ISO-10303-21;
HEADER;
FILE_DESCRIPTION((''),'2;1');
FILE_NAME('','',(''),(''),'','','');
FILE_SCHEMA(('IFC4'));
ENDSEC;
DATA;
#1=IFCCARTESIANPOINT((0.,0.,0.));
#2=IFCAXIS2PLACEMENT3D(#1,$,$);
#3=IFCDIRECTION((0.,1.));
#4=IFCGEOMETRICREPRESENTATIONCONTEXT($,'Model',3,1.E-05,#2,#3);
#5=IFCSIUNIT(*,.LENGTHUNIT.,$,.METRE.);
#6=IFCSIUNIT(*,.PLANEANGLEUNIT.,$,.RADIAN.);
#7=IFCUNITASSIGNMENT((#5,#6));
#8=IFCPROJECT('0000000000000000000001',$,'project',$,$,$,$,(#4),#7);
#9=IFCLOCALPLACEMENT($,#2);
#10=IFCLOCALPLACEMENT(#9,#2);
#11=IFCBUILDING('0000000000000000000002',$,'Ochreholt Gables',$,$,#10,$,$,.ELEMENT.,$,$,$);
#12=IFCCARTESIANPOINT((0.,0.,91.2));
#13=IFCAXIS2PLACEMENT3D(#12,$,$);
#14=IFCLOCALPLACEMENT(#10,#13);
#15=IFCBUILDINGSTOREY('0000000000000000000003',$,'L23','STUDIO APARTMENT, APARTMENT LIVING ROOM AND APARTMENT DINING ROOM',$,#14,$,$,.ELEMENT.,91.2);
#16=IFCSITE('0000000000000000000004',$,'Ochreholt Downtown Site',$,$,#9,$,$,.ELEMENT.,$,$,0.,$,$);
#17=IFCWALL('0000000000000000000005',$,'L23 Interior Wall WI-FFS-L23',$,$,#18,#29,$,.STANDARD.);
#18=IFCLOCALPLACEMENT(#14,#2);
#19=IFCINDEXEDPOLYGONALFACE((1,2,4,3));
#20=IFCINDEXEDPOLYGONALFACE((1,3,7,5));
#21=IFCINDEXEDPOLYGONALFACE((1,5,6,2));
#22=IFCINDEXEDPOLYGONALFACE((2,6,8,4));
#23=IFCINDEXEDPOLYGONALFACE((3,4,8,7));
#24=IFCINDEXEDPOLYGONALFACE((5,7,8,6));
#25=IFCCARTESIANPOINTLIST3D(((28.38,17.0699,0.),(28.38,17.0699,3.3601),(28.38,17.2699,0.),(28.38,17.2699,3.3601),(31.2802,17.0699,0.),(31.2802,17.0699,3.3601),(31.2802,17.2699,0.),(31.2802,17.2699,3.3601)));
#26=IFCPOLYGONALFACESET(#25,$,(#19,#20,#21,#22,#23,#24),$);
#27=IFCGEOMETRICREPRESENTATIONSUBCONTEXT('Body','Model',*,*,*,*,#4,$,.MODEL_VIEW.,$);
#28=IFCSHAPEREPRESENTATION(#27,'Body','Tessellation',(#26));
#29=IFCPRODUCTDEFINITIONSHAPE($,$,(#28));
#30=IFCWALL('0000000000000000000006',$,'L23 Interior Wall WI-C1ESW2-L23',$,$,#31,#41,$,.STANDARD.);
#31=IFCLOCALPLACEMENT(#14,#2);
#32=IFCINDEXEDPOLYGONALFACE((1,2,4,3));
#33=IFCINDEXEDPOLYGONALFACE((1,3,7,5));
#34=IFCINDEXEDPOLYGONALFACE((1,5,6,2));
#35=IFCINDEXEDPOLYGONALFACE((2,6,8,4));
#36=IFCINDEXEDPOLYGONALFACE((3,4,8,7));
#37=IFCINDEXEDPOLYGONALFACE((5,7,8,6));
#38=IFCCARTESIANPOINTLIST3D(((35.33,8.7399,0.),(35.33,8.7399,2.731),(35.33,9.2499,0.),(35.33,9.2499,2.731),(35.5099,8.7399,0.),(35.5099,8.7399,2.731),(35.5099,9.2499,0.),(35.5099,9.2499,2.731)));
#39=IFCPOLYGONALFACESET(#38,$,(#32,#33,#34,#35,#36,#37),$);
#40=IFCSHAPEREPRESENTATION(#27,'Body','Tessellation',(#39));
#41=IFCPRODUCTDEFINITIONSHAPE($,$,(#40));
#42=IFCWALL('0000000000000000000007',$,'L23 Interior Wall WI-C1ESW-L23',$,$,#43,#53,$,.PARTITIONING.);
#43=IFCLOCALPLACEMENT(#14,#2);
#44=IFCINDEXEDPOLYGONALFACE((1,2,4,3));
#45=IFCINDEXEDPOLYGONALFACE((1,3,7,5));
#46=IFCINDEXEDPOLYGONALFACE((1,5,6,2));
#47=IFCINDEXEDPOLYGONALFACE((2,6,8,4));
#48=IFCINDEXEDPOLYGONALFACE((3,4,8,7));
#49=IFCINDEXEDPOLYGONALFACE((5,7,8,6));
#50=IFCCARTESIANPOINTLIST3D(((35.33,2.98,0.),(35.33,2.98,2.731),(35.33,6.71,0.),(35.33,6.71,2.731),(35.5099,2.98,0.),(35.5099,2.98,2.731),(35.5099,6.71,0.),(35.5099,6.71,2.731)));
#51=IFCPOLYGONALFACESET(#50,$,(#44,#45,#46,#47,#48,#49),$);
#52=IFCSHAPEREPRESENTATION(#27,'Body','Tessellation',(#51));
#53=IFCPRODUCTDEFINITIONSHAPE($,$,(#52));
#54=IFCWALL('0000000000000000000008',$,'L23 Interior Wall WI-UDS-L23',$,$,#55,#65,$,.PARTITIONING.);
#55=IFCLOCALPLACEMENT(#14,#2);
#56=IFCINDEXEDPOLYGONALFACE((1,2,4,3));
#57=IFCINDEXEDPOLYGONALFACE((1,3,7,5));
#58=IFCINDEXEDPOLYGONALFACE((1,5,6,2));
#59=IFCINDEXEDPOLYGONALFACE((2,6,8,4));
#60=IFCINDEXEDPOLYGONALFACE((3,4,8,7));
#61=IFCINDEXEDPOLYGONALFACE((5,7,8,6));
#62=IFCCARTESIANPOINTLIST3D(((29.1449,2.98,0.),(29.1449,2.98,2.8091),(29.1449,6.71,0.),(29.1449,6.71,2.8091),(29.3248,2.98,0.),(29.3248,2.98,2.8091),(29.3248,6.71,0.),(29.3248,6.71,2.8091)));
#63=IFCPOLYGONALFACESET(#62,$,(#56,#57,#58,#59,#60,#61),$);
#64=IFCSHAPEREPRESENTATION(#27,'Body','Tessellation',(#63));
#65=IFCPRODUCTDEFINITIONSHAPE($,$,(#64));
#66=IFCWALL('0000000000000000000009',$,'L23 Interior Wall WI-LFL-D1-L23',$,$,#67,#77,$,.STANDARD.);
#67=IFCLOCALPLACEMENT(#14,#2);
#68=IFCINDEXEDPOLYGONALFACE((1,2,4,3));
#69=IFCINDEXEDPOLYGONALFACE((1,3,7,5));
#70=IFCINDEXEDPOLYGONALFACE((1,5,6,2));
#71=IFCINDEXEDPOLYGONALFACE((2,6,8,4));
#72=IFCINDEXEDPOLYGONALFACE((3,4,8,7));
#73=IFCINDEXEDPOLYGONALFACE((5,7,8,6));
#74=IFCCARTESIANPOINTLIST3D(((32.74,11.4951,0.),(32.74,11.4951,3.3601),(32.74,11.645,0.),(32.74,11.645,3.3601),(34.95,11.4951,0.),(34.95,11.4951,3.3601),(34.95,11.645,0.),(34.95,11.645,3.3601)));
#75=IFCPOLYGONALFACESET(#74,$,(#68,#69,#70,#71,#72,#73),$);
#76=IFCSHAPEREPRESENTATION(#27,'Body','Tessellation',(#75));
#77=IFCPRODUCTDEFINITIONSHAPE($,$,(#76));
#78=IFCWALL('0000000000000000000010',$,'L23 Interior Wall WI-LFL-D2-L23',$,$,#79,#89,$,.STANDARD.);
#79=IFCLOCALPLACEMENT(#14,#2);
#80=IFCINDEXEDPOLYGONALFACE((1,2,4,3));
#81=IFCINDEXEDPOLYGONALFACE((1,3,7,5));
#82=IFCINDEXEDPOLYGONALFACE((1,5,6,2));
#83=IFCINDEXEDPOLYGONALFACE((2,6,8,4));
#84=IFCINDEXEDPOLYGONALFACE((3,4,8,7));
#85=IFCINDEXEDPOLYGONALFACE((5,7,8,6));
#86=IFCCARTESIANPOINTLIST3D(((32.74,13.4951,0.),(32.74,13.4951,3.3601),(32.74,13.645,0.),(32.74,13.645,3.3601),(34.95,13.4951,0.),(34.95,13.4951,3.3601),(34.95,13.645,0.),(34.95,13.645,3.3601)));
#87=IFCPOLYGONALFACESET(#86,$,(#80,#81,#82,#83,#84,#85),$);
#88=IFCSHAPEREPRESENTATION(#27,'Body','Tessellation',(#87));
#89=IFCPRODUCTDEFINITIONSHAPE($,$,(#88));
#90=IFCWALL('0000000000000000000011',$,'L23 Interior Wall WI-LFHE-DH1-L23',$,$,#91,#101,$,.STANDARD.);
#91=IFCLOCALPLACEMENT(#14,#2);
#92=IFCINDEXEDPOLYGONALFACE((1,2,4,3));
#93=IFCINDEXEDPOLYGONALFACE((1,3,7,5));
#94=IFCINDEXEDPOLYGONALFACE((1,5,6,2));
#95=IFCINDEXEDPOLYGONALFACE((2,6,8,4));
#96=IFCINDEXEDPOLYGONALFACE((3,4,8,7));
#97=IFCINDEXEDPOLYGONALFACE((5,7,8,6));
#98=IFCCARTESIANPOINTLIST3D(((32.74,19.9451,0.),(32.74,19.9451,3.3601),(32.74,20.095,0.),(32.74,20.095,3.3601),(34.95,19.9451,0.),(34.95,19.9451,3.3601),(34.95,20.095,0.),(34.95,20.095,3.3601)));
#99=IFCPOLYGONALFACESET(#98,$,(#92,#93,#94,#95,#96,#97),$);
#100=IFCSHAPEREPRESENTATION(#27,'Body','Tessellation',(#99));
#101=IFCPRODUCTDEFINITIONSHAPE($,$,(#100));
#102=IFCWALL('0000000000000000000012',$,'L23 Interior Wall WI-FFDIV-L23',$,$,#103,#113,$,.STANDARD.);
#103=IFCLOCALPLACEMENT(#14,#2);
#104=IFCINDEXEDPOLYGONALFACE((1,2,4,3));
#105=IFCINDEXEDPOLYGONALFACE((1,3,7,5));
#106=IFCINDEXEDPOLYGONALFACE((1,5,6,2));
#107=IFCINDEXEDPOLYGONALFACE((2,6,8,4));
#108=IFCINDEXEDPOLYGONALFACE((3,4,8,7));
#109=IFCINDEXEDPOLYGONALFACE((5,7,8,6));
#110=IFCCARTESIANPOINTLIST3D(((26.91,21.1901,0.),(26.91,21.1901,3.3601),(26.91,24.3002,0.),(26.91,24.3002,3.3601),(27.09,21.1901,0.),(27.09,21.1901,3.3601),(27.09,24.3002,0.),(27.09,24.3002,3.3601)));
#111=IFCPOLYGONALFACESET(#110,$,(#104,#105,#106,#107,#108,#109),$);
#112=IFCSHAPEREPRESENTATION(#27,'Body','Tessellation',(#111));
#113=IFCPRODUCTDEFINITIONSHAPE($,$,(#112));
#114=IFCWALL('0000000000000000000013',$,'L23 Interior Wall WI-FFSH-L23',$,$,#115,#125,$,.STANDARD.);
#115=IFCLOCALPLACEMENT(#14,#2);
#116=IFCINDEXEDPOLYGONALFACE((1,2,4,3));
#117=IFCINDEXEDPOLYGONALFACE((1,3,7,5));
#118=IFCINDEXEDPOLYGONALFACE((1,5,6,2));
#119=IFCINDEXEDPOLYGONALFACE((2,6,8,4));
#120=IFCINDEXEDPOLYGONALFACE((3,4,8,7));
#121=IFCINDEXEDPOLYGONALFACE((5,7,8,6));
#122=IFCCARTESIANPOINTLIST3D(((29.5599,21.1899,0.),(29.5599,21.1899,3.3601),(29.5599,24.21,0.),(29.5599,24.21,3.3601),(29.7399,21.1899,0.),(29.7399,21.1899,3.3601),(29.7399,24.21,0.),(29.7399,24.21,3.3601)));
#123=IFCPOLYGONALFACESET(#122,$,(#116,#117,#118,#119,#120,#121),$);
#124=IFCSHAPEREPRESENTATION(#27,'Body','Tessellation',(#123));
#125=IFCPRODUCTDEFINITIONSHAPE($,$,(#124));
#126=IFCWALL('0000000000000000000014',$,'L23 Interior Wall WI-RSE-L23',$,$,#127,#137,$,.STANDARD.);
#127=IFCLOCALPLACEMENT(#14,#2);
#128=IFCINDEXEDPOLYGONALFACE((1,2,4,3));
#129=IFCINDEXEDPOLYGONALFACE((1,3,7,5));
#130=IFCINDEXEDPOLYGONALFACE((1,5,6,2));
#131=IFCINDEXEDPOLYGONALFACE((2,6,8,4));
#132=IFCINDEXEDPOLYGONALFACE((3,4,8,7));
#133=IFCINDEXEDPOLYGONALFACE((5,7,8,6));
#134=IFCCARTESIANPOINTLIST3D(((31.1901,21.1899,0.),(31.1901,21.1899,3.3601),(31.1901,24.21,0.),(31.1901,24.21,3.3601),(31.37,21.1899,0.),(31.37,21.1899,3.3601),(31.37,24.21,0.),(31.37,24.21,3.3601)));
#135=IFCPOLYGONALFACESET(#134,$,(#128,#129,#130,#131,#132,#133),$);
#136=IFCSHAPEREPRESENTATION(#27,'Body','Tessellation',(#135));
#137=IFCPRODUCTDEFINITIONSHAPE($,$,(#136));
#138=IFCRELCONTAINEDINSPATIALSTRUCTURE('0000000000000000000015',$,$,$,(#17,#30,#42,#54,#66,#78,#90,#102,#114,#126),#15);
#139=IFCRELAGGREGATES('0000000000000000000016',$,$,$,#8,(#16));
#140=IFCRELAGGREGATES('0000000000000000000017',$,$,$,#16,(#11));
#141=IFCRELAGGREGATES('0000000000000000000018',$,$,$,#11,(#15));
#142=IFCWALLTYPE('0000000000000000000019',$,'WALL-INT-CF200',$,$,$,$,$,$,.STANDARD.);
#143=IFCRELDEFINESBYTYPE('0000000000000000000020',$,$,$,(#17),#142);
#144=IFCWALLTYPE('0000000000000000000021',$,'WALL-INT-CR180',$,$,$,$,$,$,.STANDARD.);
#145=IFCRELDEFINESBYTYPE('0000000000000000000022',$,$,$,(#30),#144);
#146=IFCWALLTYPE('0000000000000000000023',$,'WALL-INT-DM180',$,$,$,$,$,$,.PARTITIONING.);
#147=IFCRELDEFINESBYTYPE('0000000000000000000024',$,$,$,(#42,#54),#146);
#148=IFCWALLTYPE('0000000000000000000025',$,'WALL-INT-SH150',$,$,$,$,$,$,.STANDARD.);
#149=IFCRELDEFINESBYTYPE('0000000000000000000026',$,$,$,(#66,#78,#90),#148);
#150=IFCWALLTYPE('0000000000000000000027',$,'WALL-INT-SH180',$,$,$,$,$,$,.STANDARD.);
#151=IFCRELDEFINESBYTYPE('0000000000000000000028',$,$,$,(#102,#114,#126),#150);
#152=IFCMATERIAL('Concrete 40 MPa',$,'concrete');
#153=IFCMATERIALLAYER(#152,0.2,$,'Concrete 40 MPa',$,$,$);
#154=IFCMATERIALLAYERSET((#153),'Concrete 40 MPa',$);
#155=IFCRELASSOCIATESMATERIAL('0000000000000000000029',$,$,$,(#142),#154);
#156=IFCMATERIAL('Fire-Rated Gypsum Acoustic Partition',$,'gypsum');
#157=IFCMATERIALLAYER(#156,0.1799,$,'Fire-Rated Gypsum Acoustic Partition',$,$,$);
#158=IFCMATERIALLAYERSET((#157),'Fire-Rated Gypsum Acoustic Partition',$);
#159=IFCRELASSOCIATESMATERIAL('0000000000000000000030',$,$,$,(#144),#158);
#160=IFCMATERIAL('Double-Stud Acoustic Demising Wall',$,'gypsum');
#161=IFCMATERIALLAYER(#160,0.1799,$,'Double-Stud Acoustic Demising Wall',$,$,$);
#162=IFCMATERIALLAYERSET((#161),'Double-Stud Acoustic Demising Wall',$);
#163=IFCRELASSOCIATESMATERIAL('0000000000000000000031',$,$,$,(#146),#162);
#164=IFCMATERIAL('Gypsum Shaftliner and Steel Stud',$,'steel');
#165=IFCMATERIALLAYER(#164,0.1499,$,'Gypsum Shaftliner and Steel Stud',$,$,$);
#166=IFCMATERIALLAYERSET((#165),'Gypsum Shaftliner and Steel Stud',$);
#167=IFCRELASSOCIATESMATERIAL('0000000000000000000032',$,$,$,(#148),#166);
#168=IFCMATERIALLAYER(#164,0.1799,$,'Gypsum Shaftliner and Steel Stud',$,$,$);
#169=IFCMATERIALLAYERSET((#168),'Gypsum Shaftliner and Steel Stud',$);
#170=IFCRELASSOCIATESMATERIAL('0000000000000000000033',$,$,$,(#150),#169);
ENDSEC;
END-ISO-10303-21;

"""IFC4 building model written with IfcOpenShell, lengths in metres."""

from ifc_helpers import new_model, si_unit, direction, frame, frame_2d, origin, place, context, subcontext, project, spatial, rectangle, extrude, material, layer, layer_set, type_object, element, save


model = new_model("IFC4")

# Units and contexts
model_context = context("Model", 3, precision=1e-05, world=origin(), true_north=direction((0.0, 1.0)))
body_context = subcontext(model_context, "Body", "Model", "MODEL_VIEW")
ifc_project = project(units=[si_unit("LENGTHUNIT", "METRE"), si_unit("PLANEANGLEUNIT", "RADIAN")], contexts=[model_context])

# Site, building, storey
site_placement = place(None, origin())
site = spatial("IfcSite", under=ifc_project, at=site_placement, Name="Ochreholt Downtown Site", CompositionType="ELEMENT", RefElevation=0.0)
building_placement = place(site_placement, origin())
building = spatial("IfcBuilding", under=site, at=building_placement, Name="Ochreholt Gables", CompositionType="ELEMENT")
storey_placement = place(building_placement, frame((0.0, 0.0, 91.2)))
storey = spatial("IfcBuildingStorey", under=building, at=storey_placement, Name="L23", Description="STUDIO APARTMENT, APARTMENT LIVING ROOM AND APARTMENT DINING ROOM", CompositionType="ELEMENT", Elevation=91.2)

# Wall
ifc_material_1 = material(Name="Concrete 40 MPa", Category="concrete")
ifc_layer_1 = layer(ifc_material_1, 0.2, Name="Concrete 40 MPa")
ifc_layer_set_1 = layer_set([ifc_layer_1], Name="Concrete 40 MPa")
wall_type_1 = type_object("IfcWallType", Name="WALL-INT-CF200", PredefinedType="STANDARD", material=ifc_layer_set_1)
wall_1_placement = place(storey_placement, frame((28.3799, 17.1699, 0.0), z_axis=(0.0, 0.0, 1.0), x_axis=(1.0, 0.0, 0.0)))
element("IfcWall", 1, at=wall_1_placement, inside=storey, type_object=wall_type_1, Name="L23 Interior Wall WI-FFS-L23", PredefinedType="STANDARD", context=body_context, shape_type="SweptSolid", body=[
    extrude(rectangle(XDim=2.9001, YDim=0.2, at=frame_2d((1.4502, 0.0))), origin(), (0.0, 0.0, 1.0), 3.3601),
])

# Walls
ifc_material_2 = material(Name="Fire-Rated Gypsum Acoustic Partition", Category="gypsum")
ifc_layer_2 = layer(ifc_material_2, 0.1799, Name="Fire-Rated Gypsum Acoustic Partition")
ifc_layer_set_2 = layer_set([ifc_layer_2], Name="Fire-Rated Gypsum Acoustic Partition")
wall_type_2 = type_object("IfcWallType", Name="WALL-INT-CR180", PredefinedType="STANDARD", material=ifc_layer_set_2)
wall_2_placement = place(storey_placement, frame((35.4199, 8.74, 0.0), z_axis=(0.0, 0.0, 1.0), x_axis=(0.0, 1.0, 0.0)))
element("IfcWall", 2, at=wall_2_placement, inside=storey, type_object=wall_type_2, Name="L23 Interior Wall WI-C1ESW2-L23", PredefinedType="STANDARD", context=body_context, shape_type="SweptSolid", body=[
    extrude(rectangle(XDim=0.51, YDim=0.1799, at=frame_2d((0.2549, 0.0))), origin(), (0.0, 0.0, 1.0), 2.731),
])
ifc_material_3 = material(Name="Double-Stud Acoustic Demising Wall", Category="gypsum")
ifc_layer_3 = layer(ifc_material_3, 0.1799, Name="Double-Stud Acoustic Demising Wall")
ifc_layer_set_3 = layer_set([ifc_layer_3], Name="Double-Stud Acoustic Demising Wall")
wall_type_3 = type_object("IfcWallType", Name="WALL-INT-DM180", PredefinedType="PARTITIONING", material=ifc_layer_set_3)
wall_3_placement = place(storey_placement, frame((35.4199, 2.98, 0.0), z_axis=(0.0, 0.0, 1.0), x_axis=(0.0, 1.0, 0.0)))
element("IfcWall", 3, at=wall_3_placement, inside=storey, type_object=wall_type_3, Name="L23 Interior Wall WI-C1ESW-L23", PredefinedType="PARTITIONING", context=body_context, shape_type="SweptSolid", body=[
    extrude(rectangle(XDim=3.73, YDim=0.1799, at=frame_2d((1.865, 0.0))), origin(), (0.0, 0.0, 1.0), 2.731),
])
wall_4_placement = place(storey_placement, frame((29.2349, 2.98, 0.0), z_axis=(0.0, 0.0, 1.0), x_axis=(0.0, 1.0, 0.0)))
element("IfcWall", 4, at=wall_4_placement, inside=storey, type_object=wall_type_3, Name="L23 Interior Wall WI-UDS-L23", PredefinedType="PARTITIONING", context=body_context, shape_type="SweptSolid", body=[
    extrude(rectangle(XDim=3.73, YDim=0.1799, at=frame_2d((1.865, 0.0))), origin(), (0.0, 0.0, 1.0), 2.8091),
])
ifc_material_4 = material(Name="Gypsum Shaftliner and Steel Stud", Category="steel")
ifc_layer_4 = layer(ifc_material_4, 0.1499, Name="Gypsum Shaftliner and Steel Stud")
ifc_layer_set_4 = layer_set([ifc_layer_4], Name="Gypsum Shaftliner and Steel Stud")
wall_type_4 = type_object("IfcWallType", Name="WALL-INT-SH150", PredefinedType="STANDARD", material=ifc_layer_set_4)
for number, where, z_axis, x_axis, name in (
    (5, (32.74, 11.5701, 0.0), (0.0, 0.0, 1.0), (1.0, 0.0, 0.0), "L23 Interior Wall WI-LFL-D1-L23"),
    (6, (32.74, 13.5701, 0.0), (0.0, 0.0, 1.0), (1.0, 0.0, 0.0), "L23 Interior Wall WI-LFL-D2-L23"),
    (7, (32.74, 20.02, 0.0), (0.0, 0.0, 1.0), (1.0, 0.0, 0.0), "L23 Interior Wall WI-LFHE-DH1-L23"),
):
    element("IfcWall", number, at=place(storey_placement, frame(where, z_axis=z_axis, x_axis=x_axis)), inside=storey, type_object=wall_type_4, Name=name, PredefinedType="STANDARD", context=body_context, shape_type="SweptSolid", body=[
        extrude(rectangle(XDim=2.21, YDim=0.1499, at=frame_2d((1.105, 0.0))), origin(), (0.0, 0.0, 1.0), 3.3601),
    ])
ifc_layer_5 = layer(ifc_material_4, 0.1799, Name="Gypsum Shaftliner and Steel Stud")
ifc_layer_set_5 = layer_set([ifc_layer_5], Name="Gypsum Shaftliner and Steel Stud")
wall_type_5 = type_object("IfcWallType", Name="WALL-INT-SH180", PredefinedType="STANDARD", material=ifc_layer_set_5)
wall_5_placement = place(storey_placement, frame((27.0, 21.1899, 0.0), z_axis=(0.0, 0.0, 1.0), x_axis=(0.0, 1.0, 0.0)))
element("IfcWall", 8, at=wall_5_placement, inside=storey, type_object=wall_type_5, Name="L23 Interior Wall WI-FFDIV-L23", PredefinedType="STANDARD", context=body_context, shape_type="SweptSolid", body=[
    extrude(rectangle(XDim=3.1101, YDim=0.1799, at=frame_2d((1.5552, 0.0))), origin(), (0.0, 0.0, 1.0), 3.3601),
])
for number, where, z_axis, x_axis, name in (
    (9, (29.6499, 21.1899, 0.0), (0.0, 0.0, 1.0), (0.0, 1.0, 0.0), "L23 Interior Wall WI-FFSH-L23"),
    (10, (31.28, 21.1899, 0.0), (0.0, 0.0, 1.0), (0.0, 1.0, 0.0), "L23 Interior Wall WI-RSE-L23"),
):
    element("IfcWall", number, at=place(storey_placement, frame(where, z_axis=z_axis, x_axis=x_axis)), inside=storey, type_object=wall_type_5, Name=name, PredefinedType="STANDARD", context=body_context, shape_type="SweptSolid", body=[
        extrude(rectangle(XDim=3.02, YDim=0.1799, at=frame_2d((1.51, 0.0))), origin(), (0.0, 0.0, 1.0), 3.3601),
    ])

save(model, "model.ifc")
